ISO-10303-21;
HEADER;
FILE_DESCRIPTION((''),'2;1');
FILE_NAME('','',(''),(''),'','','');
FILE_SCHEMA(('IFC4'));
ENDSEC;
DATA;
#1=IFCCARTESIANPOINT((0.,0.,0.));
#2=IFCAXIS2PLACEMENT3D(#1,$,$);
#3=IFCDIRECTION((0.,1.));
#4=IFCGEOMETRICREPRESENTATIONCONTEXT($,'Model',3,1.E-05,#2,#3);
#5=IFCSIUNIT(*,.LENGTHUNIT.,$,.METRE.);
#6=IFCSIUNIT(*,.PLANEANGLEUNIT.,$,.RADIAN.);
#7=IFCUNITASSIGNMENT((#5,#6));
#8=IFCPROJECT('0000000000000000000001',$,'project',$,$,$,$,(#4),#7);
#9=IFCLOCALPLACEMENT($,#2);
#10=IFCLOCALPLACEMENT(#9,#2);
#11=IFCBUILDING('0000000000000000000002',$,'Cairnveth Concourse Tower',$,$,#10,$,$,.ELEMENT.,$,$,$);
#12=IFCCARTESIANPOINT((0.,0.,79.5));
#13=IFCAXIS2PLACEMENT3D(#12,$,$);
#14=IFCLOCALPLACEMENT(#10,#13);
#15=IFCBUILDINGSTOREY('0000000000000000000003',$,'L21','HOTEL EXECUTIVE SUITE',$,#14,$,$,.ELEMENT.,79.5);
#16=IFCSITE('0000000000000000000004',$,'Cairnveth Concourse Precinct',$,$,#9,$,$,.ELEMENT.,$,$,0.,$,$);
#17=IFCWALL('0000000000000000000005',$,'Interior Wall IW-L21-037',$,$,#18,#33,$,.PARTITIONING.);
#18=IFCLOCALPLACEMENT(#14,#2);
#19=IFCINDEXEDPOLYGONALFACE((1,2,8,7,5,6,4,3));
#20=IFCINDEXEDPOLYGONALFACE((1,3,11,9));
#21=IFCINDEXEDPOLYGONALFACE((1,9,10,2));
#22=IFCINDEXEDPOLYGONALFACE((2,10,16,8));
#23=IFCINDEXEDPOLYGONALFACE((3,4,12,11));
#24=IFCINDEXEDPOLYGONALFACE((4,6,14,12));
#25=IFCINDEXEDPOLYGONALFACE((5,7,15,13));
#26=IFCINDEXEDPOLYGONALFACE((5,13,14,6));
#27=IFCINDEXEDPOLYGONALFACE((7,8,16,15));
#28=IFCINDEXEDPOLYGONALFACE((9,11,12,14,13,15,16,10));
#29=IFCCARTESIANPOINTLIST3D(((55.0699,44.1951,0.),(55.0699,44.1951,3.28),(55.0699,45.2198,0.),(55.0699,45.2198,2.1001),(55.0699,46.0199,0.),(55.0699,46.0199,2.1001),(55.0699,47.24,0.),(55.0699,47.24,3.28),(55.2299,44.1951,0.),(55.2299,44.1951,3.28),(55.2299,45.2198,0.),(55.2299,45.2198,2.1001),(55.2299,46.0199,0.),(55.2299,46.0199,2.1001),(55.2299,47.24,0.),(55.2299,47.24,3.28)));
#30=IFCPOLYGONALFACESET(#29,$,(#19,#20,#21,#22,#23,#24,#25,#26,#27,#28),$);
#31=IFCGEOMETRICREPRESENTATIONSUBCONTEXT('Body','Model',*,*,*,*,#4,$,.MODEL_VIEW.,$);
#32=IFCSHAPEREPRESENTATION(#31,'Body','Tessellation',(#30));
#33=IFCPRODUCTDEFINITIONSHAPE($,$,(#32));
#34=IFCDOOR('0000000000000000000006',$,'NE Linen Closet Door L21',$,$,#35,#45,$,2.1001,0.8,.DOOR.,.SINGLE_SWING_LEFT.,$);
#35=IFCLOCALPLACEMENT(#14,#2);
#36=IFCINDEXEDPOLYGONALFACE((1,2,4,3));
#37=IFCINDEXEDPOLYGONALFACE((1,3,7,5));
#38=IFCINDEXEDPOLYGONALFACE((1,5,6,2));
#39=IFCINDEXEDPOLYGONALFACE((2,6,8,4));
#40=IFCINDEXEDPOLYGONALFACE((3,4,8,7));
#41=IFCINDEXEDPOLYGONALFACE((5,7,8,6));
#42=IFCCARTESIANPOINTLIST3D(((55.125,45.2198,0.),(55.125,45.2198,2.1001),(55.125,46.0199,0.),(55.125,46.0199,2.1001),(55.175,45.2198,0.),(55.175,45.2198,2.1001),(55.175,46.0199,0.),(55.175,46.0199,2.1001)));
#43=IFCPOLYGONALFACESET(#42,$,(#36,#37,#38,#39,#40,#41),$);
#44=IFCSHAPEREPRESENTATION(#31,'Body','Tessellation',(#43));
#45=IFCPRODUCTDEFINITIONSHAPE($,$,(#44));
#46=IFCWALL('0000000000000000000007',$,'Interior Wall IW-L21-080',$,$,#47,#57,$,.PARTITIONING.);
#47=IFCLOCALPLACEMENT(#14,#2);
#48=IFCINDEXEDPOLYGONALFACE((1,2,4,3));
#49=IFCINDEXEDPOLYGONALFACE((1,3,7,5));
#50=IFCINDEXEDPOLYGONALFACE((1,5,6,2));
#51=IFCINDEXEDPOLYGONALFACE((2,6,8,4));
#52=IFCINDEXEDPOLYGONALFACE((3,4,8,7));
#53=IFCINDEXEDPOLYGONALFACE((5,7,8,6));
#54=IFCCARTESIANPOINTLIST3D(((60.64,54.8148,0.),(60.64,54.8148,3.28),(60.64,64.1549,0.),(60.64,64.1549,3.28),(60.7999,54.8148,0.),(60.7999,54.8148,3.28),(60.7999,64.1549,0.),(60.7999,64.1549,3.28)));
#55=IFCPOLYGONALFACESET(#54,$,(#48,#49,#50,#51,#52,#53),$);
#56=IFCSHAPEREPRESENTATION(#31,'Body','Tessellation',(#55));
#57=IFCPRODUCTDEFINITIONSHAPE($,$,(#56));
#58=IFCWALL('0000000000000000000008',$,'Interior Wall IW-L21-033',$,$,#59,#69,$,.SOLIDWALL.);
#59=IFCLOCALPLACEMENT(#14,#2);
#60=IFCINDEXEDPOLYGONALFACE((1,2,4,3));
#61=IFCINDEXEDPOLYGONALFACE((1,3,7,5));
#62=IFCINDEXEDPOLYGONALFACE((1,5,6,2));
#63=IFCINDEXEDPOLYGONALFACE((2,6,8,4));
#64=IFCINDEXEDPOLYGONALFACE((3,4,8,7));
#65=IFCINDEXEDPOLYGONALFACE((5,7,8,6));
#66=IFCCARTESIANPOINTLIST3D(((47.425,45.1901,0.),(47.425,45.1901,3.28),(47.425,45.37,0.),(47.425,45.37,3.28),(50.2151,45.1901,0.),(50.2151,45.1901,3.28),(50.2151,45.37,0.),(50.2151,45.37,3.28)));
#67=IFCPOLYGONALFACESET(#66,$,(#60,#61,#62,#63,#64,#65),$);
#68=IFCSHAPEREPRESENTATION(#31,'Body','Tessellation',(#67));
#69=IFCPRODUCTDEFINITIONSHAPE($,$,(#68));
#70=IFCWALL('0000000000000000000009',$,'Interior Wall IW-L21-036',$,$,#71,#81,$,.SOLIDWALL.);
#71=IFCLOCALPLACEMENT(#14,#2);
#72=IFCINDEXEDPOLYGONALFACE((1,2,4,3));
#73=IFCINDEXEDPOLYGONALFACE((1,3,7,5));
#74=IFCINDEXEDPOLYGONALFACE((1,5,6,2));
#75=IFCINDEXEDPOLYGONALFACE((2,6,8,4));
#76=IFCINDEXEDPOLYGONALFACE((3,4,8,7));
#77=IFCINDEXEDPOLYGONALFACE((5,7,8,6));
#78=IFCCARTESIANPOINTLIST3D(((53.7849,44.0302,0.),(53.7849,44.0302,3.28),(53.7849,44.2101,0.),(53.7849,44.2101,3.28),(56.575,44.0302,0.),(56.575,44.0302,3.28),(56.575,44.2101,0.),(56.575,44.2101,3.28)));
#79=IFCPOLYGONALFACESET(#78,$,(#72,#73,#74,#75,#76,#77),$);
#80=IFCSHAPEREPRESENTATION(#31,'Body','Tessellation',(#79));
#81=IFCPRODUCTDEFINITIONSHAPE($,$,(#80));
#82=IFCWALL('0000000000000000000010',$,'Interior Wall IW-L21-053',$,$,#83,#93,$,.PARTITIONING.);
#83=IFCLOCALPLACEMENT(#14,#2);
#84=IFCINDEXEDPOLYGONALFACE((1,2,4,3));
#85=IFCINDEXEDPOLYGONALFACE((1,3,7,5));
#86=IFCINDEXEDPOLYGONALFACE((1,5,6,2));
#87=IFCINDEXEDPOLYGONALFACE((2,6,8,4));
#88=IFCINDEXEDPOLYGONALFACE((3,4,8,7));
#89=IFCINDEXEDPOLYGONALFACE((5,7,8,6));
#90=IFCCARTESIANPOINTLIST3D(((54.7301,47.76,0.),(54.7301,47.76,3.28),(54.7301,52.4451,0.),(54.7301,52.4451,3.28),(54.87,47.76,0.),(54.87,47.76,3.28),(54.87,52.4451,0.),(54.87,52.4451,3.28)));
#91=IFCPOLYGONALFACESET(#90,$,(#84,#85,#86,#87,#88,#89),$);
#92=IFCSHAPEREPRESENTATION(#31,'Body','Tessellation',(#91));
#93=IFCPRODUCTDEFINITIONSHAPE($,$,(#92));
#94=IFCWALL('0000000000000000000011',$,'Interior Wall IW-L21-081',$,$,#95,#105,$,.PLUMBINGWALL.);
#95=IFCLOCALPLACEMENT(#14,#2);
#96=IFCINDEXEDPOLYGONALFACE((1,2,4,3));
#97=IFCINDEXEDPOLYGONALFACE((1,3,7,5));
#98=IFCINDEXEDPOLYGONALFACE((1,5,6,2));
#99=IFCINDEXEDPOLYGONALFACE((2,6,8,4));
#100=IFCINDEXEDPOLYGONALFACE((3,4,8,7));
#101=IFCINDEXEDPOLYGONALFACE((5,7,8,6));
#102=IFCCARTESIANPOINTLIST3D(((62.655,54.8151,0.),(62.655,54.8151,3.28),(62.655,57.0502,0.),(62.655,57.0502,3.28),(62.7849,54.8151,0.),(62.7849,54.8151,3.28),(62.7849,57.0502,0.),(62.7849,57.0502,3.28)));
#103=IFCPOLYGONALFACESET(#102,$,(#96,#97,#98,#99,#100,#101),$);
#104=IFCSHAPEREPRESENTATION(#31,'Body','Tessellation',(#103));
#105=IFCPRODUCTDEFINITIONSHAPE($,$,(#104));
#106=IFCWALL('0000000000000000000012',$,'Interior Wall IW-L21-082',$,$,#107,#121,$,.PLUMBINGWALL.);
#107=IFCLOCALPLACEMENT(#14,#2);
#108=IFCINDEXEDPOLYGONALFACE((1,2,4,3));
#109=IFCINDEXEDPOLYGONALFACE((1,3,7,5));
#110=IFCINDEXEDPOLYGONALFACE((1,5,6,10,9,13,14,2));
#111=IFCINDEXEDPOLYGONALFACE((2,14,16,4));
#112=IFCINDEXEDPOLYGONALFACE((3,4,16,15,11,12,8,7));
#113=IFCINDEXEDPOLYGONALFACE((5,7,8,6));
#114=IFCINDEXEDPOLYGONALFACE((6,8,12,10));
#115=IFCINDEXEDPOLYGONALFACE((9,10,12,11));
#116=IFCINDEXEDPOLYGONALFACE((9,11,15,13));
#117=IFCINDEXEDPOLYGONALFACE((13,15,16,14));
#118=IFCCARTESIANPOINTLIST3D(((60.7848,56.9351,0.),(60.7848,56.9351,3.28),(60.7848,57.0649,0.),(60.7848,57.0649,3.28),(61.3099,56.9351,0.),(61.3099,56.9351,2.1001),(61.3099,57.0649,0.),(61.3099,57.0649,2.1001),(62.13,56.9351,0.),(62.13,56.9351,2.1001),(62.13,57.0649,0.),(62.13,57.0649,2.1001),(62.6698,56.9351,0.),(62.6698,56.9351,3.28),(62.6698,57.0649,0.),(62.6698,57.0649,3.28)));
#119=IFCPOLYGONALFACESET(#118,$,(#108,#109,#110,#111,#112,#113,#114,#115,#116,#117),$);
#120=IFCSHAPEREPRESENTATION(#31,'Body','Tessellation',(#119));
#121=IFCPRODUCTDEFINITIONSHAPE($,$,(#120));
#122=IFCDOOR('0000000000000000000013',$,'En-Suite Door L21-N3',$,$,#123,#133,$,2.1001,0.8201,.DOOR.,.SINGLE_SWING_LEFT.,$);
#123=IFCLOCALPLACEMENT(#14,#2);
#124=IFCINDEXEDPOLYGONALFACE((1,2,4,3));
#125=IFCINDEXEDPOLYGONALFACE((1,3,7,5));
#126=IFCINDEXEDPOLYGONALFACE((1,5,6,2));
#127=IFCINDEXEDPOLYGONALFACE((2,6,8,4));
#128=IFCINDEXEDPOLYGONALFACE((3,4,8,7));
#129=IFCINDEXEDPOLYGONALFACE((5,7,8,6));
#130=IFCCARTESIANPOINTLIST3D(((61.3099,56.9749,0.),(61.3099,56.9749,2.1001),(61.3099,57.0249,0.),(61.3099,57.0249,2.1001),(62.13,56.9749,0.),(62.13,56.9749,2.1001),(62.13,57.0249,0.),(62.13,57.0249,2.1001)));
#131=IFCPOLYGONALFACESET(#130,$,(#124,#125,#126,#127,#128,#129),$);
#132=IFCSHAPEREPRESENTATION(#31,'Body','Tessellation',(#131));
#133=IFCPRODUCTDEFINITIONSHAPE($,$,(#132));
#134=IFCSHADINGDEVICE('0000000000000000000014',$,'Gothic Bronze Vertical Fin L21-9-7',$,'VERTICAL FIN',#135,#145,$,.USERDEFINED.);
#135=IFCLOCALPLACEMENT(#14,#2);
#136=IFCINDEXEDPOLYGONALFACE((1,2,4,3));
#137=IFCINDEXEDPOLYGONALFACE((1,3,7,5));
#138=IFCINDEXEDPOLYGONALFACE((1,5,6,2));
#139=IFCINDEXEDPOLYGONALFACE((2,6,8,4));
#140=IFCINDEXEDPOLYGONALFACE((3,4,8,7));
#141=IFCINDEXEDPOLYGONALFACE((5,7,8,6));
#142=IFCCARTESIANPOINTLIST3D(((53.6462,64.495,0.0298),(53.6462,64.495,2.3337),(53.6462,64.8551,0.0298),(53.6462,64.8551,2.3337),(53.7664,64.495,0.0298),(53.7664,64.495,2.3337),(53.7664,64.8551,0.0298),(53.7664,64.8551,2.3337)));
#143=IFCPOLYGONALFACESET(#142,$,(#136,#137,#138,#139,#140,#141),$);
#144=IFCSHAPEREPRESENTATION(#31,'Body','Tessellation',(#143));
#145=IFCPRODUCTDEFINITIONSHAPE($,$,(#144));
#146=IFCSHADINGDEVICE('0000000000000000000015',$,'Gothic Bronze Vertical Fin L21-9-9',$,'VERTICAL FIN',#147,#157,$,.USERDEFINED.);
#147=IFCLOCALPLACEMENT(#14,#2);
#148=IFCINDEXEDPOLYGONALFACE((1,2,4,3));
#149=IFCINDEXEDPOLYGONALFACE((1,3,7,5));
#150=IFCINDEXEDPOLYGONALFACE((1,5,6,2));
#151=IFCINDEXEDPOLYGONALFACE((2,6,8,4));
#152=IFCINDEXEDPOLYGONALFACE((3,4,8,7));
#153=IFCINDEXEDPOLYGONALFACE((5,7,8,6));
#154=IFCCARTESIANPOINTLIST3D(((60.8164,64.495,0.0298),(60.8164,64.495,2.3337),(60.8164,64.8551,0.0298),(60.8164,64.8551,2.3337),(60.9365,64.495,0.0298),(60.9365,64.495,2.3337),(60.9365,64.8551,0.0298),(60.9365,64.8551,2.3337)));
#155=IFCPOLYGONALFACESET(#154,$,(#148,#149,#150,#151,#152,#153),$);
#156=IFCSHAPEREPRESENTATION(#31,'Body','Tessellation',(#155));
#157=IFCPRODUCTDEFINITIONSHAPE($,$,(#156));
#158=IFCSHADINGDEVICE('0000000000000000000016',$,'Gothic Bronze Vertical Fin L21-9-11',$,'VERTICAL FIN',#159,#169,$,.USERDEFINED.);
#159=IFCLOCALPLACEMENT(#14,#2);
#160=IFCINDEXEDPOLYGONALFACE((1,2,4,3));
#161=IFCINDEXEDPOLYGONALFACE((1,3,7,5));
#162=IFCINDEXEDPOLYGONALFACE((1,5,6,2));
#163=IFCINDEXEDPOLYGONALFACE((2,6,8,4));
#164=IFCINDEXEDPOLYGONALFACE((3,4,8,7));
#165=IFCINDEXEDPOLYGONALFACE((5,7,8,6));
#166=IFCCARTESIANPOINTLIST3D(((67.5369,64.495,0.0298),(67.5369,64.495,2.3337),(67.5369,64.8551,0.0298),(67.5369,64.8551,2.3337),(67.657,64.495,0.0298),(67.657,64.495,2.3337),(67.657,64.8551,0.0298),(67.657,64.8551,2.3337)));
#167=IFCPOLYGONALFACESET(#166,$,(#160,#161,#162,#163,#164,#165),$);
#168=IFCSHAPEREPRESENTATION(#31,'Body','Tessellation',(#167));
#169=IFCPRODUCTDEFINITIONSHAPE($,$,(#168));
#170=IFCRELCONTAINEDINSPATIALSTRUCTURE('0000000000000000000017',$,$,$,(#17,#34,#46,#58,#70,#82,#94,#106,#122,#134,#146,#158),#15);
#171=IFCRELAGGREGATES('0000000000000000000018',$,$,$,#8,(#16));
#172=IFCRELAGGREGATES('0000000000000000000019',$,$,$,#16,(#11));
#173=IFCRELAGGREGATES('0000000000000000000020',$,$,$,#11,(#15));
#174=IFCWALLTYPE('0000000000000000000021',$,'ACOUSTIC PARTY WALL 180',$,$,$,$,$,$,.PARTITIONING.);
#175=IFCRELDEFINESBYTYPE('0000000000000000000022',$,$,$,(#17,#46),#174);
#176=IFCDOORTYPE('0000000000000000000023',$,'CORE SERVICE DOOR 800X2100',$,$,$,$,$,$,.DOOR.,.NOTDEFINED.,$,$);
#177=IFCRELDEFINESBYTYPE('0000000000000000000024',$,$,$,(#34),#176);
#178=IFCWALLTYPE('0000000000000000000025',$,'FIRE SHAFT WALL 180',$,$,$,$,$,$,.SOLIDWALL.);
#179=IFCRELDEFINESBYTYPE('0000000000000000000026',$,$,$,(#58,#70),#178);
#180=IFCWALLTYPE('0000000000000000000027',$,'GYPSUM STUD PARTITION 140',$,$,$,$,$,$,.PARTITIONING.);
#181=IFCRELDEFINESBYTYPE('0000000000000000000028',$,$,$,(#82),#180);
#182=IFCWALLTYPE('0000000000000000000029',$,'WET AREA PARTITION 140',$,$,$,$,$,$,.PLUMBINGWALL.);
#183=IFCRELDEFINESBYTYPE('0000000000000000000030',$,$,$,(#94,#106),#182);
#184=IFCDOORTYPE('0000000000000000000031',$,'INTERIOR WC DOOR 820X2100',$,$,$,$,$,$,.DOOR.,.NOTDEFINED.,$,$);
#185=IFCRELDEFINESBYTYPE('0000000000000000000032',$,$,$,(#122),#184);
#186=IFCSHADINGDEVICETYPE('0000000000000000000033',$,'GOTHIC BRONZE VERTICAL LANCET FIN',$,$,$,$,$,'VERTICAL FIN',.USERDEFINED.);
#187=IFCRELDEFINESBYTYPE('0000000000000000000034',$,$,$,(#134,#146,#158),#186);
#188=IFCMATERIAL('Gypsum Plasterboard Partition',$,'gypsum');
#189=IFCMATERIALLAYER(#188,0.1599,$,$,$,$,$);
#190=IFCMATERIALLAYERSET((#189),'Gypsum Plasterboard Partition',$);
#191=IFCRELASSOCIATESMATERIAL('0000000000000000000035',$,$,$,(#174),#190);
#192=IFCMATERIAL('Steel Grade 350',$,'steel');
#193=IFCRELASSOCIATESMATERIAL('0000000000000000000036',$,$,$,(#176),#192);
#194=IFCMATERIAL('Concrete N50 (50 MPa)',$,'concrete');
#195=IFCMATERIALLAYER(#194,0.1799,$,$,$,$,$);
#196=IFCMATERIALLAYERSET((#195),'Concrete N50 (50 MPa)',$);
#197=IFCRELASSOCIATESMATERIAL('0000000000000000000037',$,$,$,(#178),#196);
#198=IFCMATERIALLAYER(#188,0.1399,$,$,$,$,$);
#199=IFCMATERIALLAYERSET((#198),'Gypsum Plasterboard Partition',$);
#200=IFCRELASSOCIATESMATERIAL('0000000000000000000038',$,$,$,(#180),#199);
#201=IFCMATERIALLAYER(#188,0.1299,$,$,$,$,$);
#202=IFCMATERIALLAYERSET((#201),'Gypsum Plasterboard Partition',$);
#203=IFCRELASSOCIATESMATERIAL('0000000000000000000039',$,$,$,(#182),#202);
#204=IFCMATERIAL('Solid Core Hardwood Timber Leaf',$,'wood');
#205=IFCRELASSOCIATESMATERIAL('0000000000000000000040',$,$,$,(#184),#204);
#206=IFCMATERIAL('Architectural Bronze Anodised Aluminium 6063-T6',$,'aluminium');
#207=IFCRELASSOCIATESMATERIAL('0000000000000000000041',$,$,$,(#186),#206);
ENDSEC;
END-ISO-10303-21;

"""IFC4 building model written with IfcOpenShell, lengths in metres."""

from ifc_helpers import new_model, si_unit, direction, frame, frame_2d, origin, origin_2d, place, context, subcontext, project, spatial, rectangle, extrude, material, layer, layer_set, type_object, element, fill, save


model = new_model("IFC4")

# Units and contexts
model_context = context("Model", 3, precision=1e-05, world=origin(), true_north=direction((0.0, 1.0)))
body_context = subcontext(model_context, "Body", "Model", "MODEL_VIEW")
ifc_project = project(units=[si_unit("LENGTHUNIT", "METRE"), si_unit("PLANEANGLEUNIT", "RADIAN")], contexts=[model_context])

# Site, building, storey
site_placement = place(None, origin())
site = spatial("IfcSite", under=ifc_project, at=site_placement, Name="Cairnveth Concourse Precinct", CompositionType="ELEMENT", RefElevation=0.0)
building_placement = place(site_placement, origin())
building = spatial("IfcBuilding", under=site, at=building_placement, Name="Cairnveth Concourse Tower", CompositionType="ELEMENT")
storey_placement = place(building_placement, frame((0.0, 0.0, 79.5)))
storey = spatial("IfcBuildingStorey", under=building, at=storey_placement, Name="L21", Description="HOTEL EXECUTIVE SUITE", CompositionType="ELEMENT", Elevation=79.5)

# Shared definitions
ifc_material_1 = material(Name="Steel Grade 350", Category="steel")

# Wall, opening, door
ifc_material_2 = material(Name="Gypsum Plasterboard Partition", Category="gypsum")
ifc_layer_1 = layer(ifc_material_2, 0.1599)
ifc_layer_set_1 = layer_set([ifc_layer_1], Name="Gypsum Plasterboard Partition")
wall_type_1 = type_object("IfcWallType", Name="ACOUSTIC PARTY WALL 180", PredefinedType="PARTITIONING", material=ifc_layer_set_1)
wall_1_placement = place(storey_placement, frame((55.1499, 44.1951, 0.0), z_axis=(0.0, 0.0, 1.0), x_axis=(0.0, 1.0, 0.0)))
wall_1 = element("IfcWall", 1, at=wall_1_placement, inside=storey, type_object=wall_type_1, Name="Interior Wall IW-L21-037", PredefinedType="PARTITIONING", context=body_context, shape_type="SweptSolid", body=[
    extrude(rectangle(XDim=3.0449, YDim=0.1599, at=frame_2d((1.5225, 0.0))), origin(), (0.0, 0.0, 1.0), 3.28),
])
opening_1_placement = place(wall_1_placement, frame((1.0249, 0.0, 0.0)))
opening_1 = element("IfcOpeningElement", 2, at=opening_1_placement, cuts=wall_1, PredefinedType="OPENING", context=body_context, shape_type="SweptSolid", body=[
    extrude(rectangle(XDim=0.8, YDim=2.1001, at=frame_2d((0.3999, 1.05))), frame((0.0, 0.0898, 0.0), z_axis=(0.0, -1.0, 0.0), x_axis=(1.0, 0.0, 0.0)), (0.0, 0.0, 1.0), 0.1799),
])
door_type_1 = type_object("IfcDoorType", Name="CORE SERVICE DOOR 800X2100", OperationType="NOTDEFINED", PredefinedType="DOOR", material=ifc_material_1)
door_1_placement = place(opening_1_placement, origin())
door_1 = element("IfcDoor", 3, at=door_1_placement, inside=storey, type_object=door_type_1, Name="NE Linen Closet Door L21", OperationType="SINGLE_SWING_LEFT", OverallHeight=2.1001, OverallWidth=0.8, PredefinedType="DOOR", context=body_context, shape_type="SweptSolid", body=[
    extrude(rectangle(XDim=0.8, YDim=2.1001, at=frame_2d((0.3999, 1.05))), frame((0.0, 0.0249, 0.0), z_axis=(0.0, -1.0, 0.0), x_axis=(1.0, 0.0, 0.0)), (0.0, 0.0, 1.0), 0.05),
])
fill(opening_1, door_1)

# Walls
wall_2_placement = place(storey_placement, frame((60.72, 54.8149, 0.0), z_axis=(0.0, 0.0, 1.0), x_axis=(0.0, 1.0, 0.0)))
element("IfcWall", 4, at=wall_2_placement, inside=storey, type_object=wall_type_1, Name="Interior Wall IW-L21-080", PredefinedType="PARTITIONING", context=body_context, shape_type="SweptSolid", body=[
    extrude(rectangle(XDim=9.3401, YDim=0.1599, at=frame_2d((4.6699, 0.0))), origin(), (0.0, 0.0, 1.0), 3.28),
])
ifc_material_3 = material(Name="Concrete N50 (50 MPa)", Category="concrete")
ifc_layer_2 = layer(ifc_material_3, 0.1799)
ifc_layer_set_2 = layer_set([ifc_layer_2], Name="Concrete N50 (50 MPa)")
wall_type_2 = type_object("IfcWallType", Name="FIRE SHAFT WALL 180", PredefinedType="SOLIDWALL", material=ifc_layer_set_2)
for number, where, z_axis, x_axis, name in (
    (5, (47.425, 45.28, 0.0), (0.0, 0.0, 1.0), (1.0, 0.0, 0.0), "Interior Wall IW-L21-033"),
    (6, (53.7849, 44.1201, 0.0), (0.0, 0.0, 1.0), (1.0, 0.0, 0.0), "Interior Wall IW-L21-036"),
):
    element("IfcWall", number, at=place(storey_placement, frame(where, z_axis=z_axis, x_axis=x_axis)), inside=storey, type_object=wall_type_2, Name=name, PredefinedType="SOLIDWALL", context=body_context, shape_type="SweptSolid", body=[
        extrude(rectangle(XDim=2.79, YDim=0.1799, at=frame_2d((1.395, 0.0))), origin(), (0.0, 0.0, 1.0), 3.28),
    ])
ifc_layer_3 = layer(ifc_material_2, 0.1399)
ifc_layer_set_3 = layer_set([ifc_layer_3], Name="Gypsum Plasterboard Partition")
wall_type_3 = type_object("IfcWallType", Name="GYPSUM STUD PARTITION 140", PredefinedType="PARTITIONING", material=ifc_layer_set_3)
wall_3_placement = place(storey_placement, frame((54.8, 47.76, 0.0), z_axis=(0.0, 0.0, 1.0), x_axis=(0.0, 1.0, 0.0)))
element("IfcWall", 7, at=wall_3_placement, inside=storey, type_object=wall_type_3, Name="Interior Wall IW-L21-053", PredefinedType="PARTITIONING", context=body_context, shape_type="SweptSolid", body=[
    extrude(rectangle(XDim=4.6851, YDim=0.1399, at=frame_2d((2.3425, 0.0))), origin(), (0.0, 0.0, 1.0), 3.28),
])
ifc_layer_4 = layer(ifc_material_2, 0.1299)
ifc_layer_set_4 = layer_set([ifc_layer_4], Name="Gypsum Plasterboard Partition")
wall_type_4 = type_object("IfcWallType", Name="WET AREA PARTITION 140", PredefinedType="PLUMBINGWALL", material=ifc_layer_set_4)
wall_4_placement = place(storey_placement, frame((62.72, 54.8149, 0.0), z_axis=(0.0, 0.0, 1.0), x_axis=(0.0, 1.0, 0.0)))
element("IfcWall", 8, at=wall_4_placement, inside=storey, type_object=wall_type_4, Name="Interior Wall IW-L21-081", PredefinedType="PLUMBINGWALL", context=body_context, shape_type="SweptSolid", body=[
    extrude(rectangle(XDim=2.2351, YDim=0.1299, at=frame_2d((1.1177, 0.0))), origin(), (0.0, 0.0, 1.0), 3.28),
])

# Wall, opening, door
wall_5_placement = place(storey_placement, frame((60.7849, 57.0, 0.0), z_axis=(0.0, 0.0, 1.0), x_axis=(1.0, 0.0, 0.0)))
wall_5 = element("IfcWall", 9, at=wall_5_placement, inside=storey, type_object=wall_type_4, Name="Interior Wall IW-L21-082", PredefinedType="PLUMBINGWALL", context=body_context, shape_type="SweptSolid", body=[
    extrude(rectangle(XDim=1.885, YDim=0.1299, at=frame_2d((0.9424, 0.0))), origin(), (0.0, 0.0, 1.0), 3.28),
])
opening_2_placement = place(wall_5_placement, frame((0.5249, 0.0, 0.0)))
opening_2 = element("IfcOpeningElement", 10, at=opening_2_placement, cuts=wall_5, PredefinedType="OPENING", context=body_context, shape_type="SweptSolid", body=[
    extrude(rectangle(XDim=0.8201, YDim=2.1001, at=frame_2d((0.4102, 1.05))), frame((0.0, 0.075, 0.0), z_axis=(0.0, -1.0, 0.0), x_axis=(1.0, 0.0, 0.0)), (0.0, 0.0, 1.0), 0.1499),
])
ifc_material_4 = material(Name="Solid Core Hardwood Timber Leaf", Category="wood")
door_type_2 = type_object("IfcDoorType", Name="INTERIOR WC DOOR 820X2100", OperationType="NOTDEFINED", PredefinedType="DOOR", material=ifc_material_4)
door_2_placement = place(opening_2_placement, origin())
door_2 = element("IfcDoor", 11, at=door_2_placement, inside=storey, type_object=door_type_2, Name="En-Suite Door L21-N3", OperationType="SINGLE_SWING_LEFT", OverallHeight=2.1001, OverallWidth=0.8201, PredefinedType="DOOR", context=body_context, shape_type="SweptSolid", body=[
    extrude(rectangle(XDim=0.8201, YDim=2.1001, at=frame_2d((0.4102, 1.05))), frame((0.0, 0.0249, 0.0), z_axis=(0.0, -1.0, 0.0), x_axis=(1.0, 0.0, 0.0)), (0.0, 0.0, 1.0), 0.05),
])
fill(opening_2, door_2)

# Shading devices
ifc_material_5 = material(Name="Architectural Bronze Anodised Aluminium 6063-T6", Category="aluminium")
shading_device_type = type_object("IfcShadingDeviceType", Name="GOTHIC BRONZE VERTICAL LANCET FIN", ElementType="VERTICAL FIN", PredefinedType="USERDEFINED", material=ifc_material_5)
for number, where, z_axis, x_axis, name in (
    (12, (53.7063, 64.675, 0.0298), (0.0, 0.0, 1.0), (1.0, 0.0, 0.0), "Gothic Bronze Vertical Fin L21-9-7"),
    (13, (60.8765, 64.675, 0.0298), (0.0, 0.0, 1.0), (1.0, 0.0, 0.0), "Gothic Bronze Vertical Fin L21-9-9"),
    (14, (67.5969, 64.675, 0.0298), (0.0, 0.0, 1.0), (1.0, 0.0, 0.0), "Gothic Bronze Vertical Fin L21-9-11"),
):
    element("IfcShadingDevice", number, at=place(storey_placement, frame(where, z_axis=z_axis, x_axis=x_axis)), inside=storey, type_object=shading_device_type, Name=name, ObjectType="VERTICAL FIN", PredefinedType="USERDEFINED", context=body_context, shape_type="SweptSolid", body=[
        extrude(rectangle(XDim=0.1201, YDim=0.3601, at=origin_2d()), origin(), (0.0, 0.0, 1.0), 2.304),
    ])

save(model, "model.ifc")
